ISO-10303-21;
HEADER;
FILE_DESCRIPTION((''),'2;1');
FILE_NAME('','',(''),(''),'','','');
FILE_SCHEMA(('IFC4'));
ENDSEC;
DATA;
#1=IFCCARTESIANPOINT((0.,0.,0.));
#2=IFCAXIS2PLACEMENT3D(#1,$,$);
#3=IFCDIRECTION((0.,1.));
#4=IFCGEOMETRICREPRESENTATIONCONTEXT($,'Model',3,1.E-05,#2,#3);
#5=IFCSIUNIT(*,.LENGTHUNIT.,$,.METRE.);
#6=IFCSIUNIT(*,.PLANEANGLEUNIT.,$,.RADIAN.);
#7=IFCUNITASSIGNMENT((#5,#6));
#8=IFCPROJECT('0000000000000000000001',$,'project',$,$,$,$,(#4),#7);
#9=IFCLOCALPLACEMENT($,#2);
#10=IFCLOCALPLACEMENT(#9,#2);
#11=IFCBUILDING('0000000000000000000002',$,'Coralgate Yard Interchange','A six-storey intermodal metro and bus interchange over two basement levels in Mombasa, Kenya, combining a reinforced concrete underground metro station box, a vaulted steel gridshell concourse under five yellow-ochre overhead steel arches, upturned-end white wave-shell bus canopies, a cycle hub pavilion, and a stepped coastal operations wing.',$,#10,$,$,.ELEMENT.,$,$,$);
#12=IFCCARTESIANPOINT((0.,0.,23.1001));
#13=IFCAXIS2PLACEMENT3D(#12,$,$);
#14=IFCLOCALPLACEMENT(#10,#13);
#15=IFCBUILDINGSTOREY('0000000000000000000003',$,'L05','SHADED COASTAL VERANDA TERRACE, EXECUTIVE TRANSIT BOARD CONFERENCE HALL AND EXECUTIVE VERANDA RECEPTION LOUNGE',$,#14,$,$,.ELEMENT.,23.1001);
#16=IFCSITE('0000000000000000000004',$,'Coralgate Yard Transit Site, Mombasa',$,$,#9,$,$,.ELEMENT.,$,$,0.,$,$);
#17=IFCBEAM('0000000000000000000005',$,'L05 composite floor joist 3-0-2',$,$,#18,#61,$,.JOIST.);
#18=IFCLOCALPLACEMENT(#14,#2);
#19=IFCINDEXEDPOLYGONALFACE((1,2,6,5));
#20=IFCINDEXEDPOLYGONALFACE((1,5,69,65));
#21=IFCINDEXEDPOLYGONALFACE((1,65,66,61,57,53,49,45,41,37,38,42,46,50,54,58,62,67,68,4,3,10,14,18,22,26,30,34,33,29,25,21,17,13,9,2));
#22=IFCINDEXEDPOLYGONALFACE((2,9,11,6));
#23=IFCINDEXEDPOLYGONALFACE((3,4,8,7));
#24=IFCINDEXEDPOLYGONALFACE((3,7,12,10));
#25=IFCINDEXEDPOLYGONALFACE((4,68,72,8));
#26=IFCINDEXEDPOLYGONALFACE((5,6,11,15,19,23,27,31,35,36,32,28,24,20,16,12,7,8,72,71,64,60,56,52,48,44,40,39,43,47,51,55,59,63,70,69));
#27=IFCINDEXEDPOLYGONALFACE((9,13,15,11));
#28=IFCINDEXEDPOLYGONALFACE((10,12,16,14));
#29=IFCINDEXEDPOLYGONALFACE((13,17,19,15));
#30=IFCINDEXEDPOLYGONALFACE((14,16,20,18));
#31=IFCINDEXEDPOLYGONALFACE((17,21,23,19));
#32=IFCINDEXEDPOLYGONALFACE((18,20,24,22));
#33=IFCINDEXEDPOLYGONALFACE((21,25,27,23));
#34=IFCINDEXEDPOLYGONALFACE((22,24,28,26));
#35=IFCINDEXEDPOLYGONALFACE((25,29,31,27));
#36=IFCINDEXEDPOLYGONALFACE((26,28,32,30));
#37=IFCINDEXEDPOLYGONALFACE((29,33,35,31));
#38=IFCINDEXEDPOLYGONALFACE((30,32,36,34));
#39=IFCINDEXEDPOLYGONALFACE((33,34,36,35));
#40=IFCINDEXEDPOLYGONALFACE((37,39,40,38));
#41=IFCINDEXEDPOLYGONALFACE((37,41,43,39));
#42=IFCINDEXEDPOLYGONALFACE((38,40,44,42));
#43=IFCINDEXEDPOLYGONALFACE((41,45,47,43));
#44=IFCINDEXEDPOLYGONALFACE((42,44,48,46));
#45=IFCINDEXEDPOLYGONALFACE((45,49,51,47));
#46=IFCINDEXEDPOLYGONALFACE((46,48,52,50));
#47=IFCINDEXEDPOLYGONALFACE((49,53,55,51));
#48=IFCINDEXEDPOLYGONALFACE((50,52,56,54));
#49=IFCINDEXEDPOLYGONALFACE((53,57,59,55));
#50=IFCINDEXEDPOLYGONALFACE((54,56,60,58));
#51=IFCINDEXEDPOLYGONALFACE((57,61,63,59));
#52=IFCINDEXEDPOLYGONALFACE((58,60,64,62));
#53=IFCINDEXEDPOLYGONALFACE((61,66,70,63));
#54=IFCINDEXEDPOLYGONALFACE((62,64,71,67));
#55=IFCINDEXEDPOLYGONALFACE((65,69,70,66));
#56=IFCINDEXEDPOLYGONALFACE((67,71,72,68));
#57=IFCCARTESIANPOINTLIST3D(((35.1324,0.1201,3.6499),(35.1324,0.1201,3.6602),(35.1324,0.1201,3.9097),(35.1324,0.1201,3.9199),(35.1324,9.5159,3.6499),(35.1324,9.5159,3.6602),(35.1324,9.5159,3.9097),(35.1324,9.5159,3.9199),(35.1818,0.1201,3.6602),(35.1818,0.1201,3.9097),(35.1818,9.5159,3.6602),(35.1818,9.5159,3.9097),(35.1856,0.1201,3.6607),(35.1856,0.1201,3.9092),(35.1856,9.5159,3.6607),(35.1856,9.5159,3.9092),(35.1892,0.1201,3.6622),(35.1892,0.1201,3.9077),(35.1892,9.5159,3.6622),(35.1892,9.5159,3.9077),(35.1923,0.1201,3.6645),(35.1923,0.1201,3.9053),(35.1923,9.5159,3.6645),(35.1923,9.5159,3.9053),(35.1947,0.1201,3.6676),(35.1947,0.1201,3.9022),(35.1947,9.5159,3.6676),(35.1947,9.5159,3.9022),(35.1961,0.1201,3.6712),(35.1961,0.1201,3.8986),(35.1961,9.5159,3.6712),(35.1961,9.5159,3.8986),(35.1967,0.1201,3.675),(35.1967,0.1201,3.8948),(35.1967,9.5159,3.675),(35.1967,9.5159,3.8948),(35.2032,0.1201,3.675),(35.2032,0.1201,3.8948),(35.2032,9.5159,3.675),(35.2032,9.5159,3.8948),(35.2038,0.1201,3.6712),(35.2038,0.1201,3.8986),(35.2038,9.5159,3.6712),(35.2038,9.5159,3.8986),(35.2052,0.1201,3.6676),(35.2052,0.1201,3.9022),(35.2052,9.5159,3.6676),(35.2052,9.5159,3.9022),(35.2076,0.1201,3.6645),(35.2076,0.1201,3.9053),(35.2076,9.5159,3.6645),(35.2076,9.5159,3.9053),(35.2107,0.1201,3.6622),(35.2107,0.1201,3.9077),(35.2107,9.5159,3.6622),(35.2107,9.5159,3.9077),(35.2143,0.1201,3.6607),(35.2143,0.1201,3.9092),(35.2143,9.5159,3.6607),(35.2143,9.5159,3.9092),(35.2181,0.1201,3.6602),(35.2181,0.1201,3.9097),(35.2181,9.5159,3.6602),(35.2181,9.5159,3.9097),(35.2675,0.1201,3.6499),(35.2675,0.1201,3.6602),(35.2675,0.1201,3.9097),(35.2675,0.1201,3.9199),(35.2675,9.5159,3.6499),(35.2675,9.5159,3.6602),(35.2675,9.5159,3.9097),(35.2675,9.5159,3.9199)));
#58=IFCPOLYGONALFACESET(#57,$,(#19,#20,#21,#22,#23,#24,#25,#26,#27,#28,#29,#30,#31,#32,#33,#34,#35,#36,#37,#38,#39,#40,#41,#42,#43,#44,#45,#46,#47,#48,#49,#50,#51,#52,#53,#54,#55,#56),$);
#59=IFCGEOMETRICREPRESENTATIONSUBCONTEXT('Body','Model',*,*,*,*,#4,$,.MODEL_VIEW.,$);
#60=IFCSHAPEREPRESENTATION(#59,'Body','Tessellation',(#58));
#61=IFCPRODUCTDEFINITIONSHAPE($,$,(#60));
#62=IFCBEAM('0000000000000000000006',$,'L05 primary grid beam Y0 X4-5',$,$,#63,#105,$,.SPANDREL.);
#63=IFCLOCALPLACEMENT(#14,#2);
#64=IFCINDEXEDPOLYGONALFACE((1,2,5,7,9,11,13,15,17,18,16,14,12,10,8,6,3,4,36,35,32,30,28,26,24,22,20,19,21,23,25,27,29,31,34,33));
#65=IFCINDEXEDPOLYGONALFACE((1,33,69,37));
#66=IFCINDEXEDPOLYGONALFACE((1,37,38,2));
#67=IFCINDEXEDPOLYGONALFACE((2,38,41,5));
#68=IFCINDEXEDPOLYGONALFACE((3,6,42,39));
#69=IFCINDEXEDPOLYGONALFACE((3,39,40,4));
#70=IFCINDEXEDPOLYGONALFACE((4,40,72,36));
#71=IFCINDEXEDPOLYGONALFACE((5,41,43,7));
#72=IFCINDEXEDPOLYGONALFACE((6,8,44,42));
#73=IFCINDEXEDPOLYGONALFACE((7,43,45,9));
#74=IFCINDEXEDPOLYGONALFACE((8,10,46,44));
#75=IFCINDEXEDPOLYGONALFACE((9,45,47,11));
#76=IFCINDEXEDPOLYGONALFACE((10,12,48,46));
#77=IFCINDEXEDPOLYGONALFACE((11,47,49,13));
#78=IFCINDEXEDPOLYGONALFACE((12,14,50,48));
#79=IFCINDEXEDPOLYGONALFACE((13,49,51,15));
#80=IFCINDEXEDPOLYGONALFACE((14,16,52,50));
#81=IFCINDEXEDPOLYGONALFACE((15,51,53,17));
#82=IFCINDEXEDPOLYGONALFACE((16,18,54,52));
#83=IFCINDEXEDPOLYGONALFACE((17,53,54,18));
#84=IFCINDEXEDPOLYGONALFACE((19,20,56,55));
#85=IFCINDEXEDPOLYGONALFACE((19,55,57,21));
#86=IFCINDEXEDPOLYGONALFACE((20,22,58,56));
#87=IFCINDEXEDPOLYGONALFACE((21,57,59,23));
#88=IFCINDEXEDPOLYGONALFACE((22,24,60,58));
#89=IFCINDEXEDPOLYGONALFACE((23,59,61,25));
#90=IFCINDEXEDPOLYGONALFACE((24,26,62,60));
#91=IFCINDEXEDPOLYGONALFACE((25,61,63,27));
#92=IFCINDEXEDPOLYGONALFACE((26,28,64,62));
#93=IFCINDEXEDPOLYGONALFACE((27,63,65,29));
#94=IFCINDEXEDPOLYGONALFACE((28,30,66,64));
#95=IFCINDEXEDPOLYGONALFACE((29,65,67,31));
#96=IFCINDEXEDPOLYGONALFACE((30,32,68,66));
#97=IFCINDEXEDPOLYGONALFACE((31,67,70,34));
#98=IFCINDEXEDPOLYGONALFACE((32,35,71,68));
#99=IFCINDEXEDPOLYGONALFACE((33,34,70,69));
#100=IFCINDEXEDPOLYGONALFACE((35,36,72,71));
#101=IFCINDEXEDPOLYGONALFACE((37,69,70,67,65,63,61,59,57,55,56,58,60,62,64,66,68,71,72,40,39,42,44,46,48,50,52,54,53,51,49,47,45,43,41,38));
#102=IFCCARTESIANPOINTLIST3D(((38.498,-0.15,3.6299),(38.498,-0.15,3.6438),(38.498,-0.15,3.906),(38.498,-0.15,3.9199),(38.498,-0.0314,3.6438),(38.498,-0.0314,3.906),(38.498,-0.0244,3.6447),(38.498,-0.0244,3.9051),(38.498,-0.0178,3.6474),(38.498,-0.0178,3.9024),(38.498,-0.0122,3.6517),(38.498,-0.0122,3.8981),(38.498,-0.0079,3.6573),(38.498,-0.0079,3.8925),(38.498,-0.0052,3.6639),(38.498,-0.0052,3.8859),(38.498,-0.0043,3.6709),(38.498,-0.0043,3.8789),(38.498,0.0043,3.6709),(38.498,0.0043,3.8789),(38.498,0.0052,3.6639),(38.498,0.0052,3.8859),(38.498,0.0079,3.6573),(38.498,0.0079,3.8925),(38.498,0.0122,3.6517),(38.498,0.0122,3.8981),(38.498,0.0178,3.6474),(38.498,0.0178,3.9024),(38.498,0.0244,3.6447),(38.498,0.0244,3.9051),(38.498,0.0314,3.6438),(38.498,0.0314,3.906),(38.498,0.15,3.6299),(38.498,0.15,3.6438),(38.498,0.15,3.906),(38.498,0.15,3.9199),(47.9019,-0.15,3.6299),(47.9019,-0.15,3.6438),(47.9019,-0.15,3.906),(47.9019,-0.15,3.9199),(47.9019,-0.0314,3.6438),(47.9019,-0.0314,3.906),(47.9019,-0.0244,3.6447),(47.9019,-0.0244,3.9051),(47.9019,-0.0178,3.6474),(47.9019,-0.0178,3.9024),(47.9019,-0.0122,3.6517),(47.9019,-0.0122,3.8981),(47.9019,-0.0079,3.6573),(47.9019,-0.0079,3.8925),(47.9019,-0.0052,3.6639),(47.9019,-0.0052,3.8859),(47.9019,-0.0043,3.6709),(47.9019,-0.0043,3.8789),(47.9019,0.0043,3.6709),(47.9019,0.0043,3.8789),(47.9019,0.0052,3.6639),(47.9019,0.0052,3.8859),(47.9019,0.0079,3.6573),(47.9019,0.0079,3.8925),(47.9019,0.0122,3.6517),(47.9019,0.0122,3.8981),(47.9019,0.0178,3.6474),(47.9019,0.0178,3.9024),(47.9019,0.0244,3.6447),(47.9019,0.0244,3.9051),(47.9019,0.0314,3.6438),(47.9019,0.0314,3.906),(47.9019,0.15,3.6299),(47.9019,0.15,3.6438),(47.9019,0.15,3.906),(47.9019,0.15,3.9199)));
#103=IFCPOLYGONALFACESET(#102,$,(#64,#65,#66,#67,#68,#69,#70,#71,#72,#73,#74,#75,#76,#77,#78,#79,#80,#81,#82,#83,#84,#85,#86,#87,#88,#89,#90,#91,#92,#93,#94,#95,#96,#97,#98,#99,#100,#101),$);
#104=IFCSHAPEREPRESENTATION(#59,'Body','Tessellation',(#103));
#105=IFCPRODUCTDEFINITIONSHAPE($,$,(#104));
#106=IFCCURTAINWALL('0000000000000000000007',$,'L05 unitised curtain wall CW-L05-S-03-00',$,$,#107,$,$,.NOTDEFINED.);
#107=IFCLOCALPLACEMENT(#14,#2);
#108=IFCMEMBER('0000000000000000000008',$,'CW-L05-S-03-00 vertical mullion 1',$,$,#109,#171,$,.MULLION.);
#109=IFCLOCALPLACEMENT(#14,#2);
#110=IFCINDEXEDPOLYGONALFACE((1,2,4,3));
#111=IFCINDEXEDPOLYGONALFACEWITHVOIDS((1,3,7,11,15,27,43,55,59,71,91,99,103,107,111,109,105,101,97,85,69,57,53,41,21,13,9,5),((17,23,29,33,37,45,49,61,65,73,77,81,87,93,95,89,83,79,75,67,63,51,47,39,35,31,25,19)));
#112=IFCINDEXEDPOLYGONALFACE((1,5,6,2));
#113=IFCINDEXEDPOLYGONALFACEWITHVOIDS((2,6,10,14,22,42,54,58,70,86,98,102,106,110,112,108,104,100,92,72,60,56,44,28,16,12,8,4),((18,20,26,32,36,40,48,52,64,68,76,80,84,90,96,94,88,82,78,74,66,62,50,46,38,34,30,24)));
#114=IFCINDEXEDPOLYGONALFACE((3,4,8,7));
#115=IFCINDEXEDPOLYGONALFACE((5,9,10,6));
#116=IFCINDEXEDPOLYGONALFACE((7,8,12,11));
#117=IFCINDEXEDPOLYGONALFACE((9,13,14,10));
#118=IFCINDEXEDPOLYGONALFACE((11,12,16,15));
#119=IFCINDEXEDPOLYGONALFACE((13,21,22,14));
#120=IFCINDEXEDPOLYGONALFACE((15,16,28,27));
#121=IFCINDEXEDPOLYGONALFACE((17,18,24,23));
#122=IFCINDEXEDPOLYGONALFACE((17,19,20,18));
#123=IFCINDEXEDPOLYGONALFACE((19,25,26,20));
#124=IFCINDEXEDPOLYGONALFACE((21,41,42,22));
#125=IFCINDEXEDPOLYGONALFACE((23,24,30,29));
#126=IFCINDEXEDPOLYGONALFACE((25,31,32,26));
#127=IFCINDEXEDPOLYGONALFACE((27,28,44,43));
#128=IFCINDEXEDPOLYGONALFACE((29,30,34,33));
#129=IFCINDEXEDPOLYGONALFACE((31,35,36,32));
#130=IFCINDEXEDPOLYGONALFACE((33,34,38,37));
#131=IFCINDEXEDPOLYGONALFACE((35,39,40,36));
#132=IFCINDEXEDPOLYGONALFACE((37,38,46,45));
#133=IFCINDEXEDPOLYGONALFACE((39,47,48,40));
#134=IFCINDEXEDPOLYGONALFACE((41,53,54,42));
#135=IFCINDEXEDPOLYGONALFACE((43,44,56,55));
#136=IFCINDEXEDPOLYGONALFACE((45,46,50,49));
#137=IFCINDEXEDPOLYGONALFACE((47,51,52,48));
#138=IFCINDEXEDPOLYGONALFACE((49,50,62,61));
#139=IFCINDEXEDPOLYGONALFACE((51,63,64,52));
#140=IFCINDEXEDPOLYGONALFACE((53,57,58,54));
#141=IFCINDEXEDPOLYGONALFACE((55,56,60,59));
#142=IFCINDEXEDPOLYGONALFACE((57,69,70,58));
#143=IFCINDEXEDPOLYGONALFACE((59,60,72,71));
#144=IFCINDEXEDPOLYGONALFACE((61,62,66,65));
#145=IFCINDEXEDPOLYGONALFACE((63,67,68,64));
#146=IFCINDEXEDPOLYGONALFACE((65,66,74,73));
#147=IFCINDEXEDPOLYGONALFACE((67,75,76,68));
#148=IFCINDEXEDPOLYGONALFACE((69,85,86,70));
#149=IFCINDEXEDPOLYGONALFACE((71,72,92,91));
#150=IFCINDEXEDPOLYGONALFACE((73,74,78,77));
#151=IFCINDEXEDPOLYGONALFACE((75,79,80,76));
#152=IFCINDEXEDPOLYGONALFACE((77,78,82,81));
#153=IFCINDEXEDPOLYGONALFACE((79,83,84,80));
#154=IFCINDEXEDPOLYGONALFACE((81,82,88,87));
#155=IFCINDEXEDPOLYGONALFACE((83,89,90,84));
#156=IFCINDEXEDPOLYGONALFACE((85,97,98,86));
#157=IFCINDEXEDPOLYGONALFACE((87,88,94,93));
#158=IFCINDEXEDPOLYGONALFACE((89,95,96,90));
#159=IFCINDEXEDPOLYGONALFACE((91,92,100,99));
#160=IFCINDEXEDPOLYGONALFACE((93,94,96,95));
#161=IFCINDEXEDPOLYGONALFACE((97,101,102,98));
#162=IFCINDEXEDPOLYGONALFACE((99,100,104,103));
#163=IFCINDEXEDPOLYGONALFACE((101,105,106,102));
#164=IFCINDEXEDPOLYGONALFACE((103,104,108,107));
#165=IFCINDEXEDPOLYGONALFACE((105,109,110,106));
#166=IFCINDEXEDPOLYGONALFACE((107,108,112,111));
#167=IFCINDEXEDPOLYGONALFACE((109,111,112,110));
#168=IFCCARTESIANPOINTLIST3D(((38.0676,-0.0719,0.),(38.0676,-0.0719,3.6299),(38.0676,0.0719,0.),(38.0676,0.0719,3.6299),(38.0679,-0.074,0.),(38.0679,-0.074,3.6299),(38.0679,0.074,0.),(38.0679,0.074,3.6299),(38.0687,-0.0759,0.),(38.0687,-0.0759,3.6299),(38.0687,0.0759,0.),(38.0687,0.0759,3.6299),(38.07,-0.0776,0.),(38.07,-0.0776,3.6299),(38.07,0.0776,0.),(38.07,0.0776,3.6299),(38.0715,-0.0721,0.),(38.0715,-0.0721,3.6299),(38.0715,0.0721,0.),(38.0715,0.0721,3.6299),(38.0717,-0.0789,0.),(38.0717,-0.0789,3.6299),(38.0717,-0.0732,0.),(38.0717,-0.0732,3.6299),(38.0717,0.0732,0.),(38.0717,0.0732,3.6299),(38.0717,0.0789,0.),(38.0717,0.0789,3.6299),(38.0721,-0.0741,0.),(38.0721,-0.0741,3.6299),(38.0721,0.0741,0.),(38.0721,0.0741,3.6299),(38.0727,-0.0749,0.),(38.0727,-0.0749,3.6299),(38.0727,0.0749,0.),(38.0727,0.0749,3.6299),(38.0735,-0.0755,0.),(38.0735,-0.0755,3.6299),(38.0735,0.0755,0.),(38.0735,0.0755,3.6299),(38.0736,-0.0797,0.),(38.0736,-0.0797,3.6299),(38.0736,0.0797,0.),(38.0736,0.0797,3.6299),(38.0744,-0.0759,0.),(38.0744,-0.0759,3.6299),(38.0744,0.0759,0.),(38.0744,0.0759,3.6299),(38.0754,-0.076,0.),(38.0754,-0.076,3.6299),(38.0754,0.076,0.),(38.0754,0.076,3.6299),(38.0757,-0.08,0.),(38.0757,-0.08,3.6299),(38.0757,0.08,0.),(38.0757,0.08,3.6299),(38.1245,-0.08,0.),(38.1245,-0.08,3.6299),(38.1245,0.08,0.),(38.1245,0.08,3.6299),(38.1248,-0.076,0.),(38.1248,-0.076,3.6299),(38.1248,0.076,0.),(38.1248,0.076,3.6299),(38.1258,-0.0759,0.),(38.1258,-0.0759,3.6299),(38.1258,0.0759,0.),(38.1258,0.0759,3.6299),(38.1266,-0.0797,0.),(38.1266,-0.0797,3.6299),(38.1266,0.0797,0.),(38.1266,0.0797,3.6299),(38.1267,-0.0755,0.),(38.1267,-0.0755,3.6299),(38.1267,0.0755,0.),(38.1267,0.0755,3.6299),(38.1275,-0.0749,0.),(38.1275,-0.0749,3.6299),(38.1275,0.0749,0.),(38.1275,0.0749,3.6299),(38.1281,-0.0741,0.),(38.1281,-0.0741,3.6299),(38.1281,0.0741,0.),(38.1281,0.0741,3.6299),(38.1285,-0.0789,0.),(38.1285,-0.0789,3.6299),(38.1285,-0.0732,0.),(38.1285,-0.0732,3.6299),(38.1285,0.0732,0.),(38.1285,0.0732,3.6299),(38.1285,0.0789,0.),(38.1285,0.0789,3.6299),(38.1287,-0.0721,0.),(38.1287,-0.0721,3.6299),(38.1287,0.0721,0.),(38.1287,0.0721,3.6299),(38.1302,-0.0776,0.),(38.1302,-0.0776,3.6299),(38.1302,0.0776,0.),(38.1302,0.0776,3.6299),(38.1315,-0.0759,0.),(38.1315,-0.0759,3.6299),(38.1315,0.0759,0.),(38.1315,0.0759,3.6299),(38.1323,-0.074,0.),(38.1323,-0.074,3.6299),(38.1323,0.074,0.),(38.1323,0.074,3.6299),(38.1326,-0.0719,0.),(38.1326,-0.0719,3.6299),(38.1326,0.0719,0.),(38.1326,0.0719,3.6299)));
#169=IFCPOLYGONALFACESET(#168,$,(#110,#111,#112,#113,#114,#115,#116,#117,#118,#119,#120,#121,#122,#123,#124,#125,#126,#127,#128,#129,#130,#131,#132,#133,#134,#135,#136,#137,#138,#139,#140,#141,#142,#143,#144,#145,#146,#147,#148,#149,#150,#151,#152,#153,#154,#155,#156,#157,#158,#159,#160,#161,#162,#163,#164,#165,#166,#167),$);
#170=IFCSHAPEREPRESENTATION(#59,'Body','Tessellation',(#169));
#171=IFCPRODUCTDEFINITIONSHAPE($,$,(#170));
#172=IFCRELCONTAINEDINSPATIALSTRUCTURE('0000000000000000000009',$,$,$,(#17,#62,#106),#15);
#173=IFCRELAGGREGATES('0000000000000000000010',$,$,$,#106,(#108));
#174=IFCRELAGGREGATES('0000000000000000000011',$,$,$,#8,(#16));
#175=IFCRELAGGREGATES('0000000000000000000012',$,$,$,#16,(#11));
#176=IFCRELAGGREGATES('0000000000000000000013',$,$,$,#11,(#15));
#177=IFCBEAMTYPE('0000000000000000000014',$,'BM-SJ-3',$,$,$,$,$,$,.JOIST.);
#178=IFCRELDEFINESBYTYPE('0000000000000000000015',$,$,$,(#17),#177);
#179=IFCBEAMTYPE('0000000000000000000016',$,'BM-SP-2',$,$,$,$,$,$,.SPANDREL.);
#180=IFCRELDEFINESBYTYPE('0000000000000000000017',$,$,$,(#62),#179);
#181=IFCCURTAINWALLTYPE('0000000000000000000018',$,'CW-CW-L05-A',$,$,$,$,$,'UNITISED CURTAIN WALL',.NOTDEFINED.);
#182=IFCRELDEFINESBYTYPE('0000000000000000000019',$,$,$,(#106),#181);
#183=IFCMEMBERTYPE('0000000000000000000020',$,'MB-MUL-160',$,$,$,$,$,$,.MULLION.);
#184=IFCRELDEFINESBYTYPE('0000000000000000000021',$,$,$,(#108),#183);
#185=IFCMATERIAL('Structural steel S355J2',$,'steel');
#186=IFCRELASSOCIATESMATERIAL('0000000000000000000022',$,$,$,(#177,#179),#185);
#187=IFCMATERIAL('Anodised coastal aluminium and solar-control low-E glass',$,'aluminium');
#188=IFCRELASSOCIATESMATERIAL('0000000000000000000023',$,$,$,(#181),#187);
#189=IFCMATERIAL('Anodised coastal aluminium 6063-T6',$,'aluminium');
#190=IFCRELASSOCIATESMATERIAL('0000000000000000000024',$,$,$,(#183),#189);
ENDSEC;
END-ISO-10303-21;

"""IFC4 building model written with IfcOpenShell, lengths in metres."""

from ifc_helpers import new_model, si_unit, direction, frame, origin, origin_2d, place, context, subcontext, project, spatial, hollow_rectangle, i_section, extrude, material, material_profile, profile_set, type_object, element, aggregate, save


model = new_model("IFC4")

# Units and contexts
model_context = context("Model", 3, precision=1e-05, world=origin(), true_north=direction((0.0, 1.0)))
body_context = subcontext(model_context, "Body", "Model", "MODEL_VIEW")
ifc_project = project(units=[si_unit("LENGTHUNIT", "METRE"), si_unit("PLANEANGLEUNIT", "RADIAN")], contexts=[model_context])

# Site, building, storey
site_placement = place(None, origin())
site = spatial("IfcSite", under=ifc_project, at=site_placement, Name="Coralgate Yard Transit Site, Mombasa", CompositionType="ELEMENT", RefElevation=0.0)
building_placement = place(site_placement, origin())
building = spatial("IfcBuilding", under=site, at=building_placement, Name="Coralgate Yard Interchange", Description="A six-storey intermodal metro and bus interchange over two basement levels in Mombasa, Kenya, combining a reinforced concrete underground metro station box, a vaulted steel gridshell concourse under five yellow-ochre overhead steel arches, upturned-end white wave-shell bus canopies, a cycle hub pavilion, and a stepped coastal operations wing.", CompositionType="ELEMENT")
storey_placement = place(building_placement, frame((0.0, 0.0, 23.1001)))
storey = spatial("IfcBuildingStorey", under=building, at=storey_placement, Name="L05", Description="SHADED COASTAL VERANDA TERRACE, EXECUTIVE TRANSIT BOARD CONFERENCE HALL AND EXECUTIVE VERANDA RECEPTION LOUNGE", CompositionType="ELEMENT", Elevation=23.1001)

# Shared definitions
ifc_material_1 = material(Name="Structural steel S355J2", Category="steel")

# Beams
ifc_material_profile_1 = material_profile(ifc_material_1, i_section(OverallWidth=0.135, OverallDepth=0.27, WebThickness=0.0066, FlangeThickness=0.0103, FilletRadius=0.0149, at=origin_2d()), Name="IPE 270")
ifc_profile_set_1 = profile_set([ifc_material_profile_1], Name="Structural steel S355J2")
beam_type_1 = type_object("IfcBeamType", Name="BM-SJ-3", PredefinedType="JOIST", material=ifc_profile_set_1)
for number, where, z_axis, x_axis, name in (
    (1, (35.2, 0.1201, 3.7849), (0.0, 1.0, 0.0), (-1.0, 0.0, 0.0), "L05 composite floor joist 3-0-2"),
):
    element("IfcBeam", number, at=place(storey_placement, frame(where, z_axis=z_axis, x_axis=x_axis)), inside=storey, type_object=beam_type_1, Name=name, PredefinedType="JOIST", context=body_context, shape_type="SweptSolid", body=[
        extrude(i_section(OverallWidth=0.135, OverallDepth=0.27, WebThickness=0.0066, FlangeThickness=0.0103, FilletRadius=0.0149, at=origin_2d()), origin(), (0.0, 0.0, 1.0), 9.3958),
    ])
ifc_material_profile_2 = material_profile(ifc_material_1, i_section(OverallWidth=0.3, OverallDepth=0.29, WebThickness=0.0085, FlangeThickness=0.0139, FilletRadius=0.0271, at=origin_2d()), Name="HEA 300")
ifc_profile_set_2 = profile_set([ifc_material_profile_2], Name="Structural steel S355J2")
beam_type_2 = type_object("IfcBeamType", Name="BM-SP-2", PredefinedType="SPANDREL", material=ifc_profile_set_2)
beam_1_placement = place(storey_placement, frame((38.498, 0.0, 3.7749), z_axis=(1.0, 0.0, 0.0), x_axis=(0.0, 1.0, 0.0)))
element("IfcBeam", 2, at=beam_1_placement, inside=storey, type_object=beam_type_2, Name="L05 primary grid beam Y0 X4-5", PredefinedType="SPANDREL", context=body_context, shape_type="SweptSolid", body=[
    extrude(i_section(OverallWidth=0.3, OverallDepth=0.29, WebThickness=0.0085, FlangeThickness=0.0139, FilletRadius=0.0271, at=origin_2d()), origin(), (0.0, 0.0, 1.0), 9.4038),
])

# Curtain wall, member
ifc_material_2 = material(Name="Anodised coastal aluminium and solar-control low-E glass", Category="aluminium")
curtain_wall_type = type_object("IfcCurtainWallType", Name="CW-CW-L05-A", ElementType="UNITISED CURTAIN WALL", PredefinedType="NOTDEFINED", material=ifc_material_2)
curtain_wall_1_placement = place(storey_placement, origin())
curtain_wall_1 = element("IfcCurtainWall", 3, at=curtain_wall_1_placement, inside=storey, type_object=curtain_wall_type, Name="L05 unitised curtain wall CW-L05-S-03-00", PredefinedType="NOTDEFINED")
ifc_material_3 = material(Name="Anodised coastal aluminium 6063-T6", Category="aluminium")
ifc_material_profile_3 = material_profile(ifc_material_3, hollow_rectangle(XDim=0.0649, YDim=0.1599, WallThickness=0.0039, InnerFilletRadius=0.0039, OuterFilletRadius=0.0081, at=origin_2d()), Name="ALU 65x160x4")
ifc_profile_set_3 = profile_set([ifc_material_profile_3], Name="Anodised coastal aluminium 6063-T6")
member_type_1 = type_object("IfcMemberType", Name="MB-MUL-160", PredefinedType="MULLION", material=ifc_profile_set_3)
member_1_placement = place(storey_placement, frame((38.1001, 0.0, 0.0), z_axis=(0.0, 0.0, 1.0), x_axis=(1.0, 0.0, 0.0)))
member_1 = element("IfcMember", 4, at=member_1_placement, type_object=member_type_1, Name="CW-L05-S-03-00 vertical mullion 1", PredefinedType="MULLION", context=body_context, shape_type="SweptSolid", body=[
    extrude(hollow_rectangle(XDim=0.0649, YDim=0.1599, WallThickness=0.0039, InnerFilletRadius=0.0039, OuterFilletRadius=0.0081, at=origin_2d()), origin(), (0.0, 0.0, 1.0), 3.6299),
])

aggregate(curtain_wall_1, [member_1])

save(model, "model.ifc")
